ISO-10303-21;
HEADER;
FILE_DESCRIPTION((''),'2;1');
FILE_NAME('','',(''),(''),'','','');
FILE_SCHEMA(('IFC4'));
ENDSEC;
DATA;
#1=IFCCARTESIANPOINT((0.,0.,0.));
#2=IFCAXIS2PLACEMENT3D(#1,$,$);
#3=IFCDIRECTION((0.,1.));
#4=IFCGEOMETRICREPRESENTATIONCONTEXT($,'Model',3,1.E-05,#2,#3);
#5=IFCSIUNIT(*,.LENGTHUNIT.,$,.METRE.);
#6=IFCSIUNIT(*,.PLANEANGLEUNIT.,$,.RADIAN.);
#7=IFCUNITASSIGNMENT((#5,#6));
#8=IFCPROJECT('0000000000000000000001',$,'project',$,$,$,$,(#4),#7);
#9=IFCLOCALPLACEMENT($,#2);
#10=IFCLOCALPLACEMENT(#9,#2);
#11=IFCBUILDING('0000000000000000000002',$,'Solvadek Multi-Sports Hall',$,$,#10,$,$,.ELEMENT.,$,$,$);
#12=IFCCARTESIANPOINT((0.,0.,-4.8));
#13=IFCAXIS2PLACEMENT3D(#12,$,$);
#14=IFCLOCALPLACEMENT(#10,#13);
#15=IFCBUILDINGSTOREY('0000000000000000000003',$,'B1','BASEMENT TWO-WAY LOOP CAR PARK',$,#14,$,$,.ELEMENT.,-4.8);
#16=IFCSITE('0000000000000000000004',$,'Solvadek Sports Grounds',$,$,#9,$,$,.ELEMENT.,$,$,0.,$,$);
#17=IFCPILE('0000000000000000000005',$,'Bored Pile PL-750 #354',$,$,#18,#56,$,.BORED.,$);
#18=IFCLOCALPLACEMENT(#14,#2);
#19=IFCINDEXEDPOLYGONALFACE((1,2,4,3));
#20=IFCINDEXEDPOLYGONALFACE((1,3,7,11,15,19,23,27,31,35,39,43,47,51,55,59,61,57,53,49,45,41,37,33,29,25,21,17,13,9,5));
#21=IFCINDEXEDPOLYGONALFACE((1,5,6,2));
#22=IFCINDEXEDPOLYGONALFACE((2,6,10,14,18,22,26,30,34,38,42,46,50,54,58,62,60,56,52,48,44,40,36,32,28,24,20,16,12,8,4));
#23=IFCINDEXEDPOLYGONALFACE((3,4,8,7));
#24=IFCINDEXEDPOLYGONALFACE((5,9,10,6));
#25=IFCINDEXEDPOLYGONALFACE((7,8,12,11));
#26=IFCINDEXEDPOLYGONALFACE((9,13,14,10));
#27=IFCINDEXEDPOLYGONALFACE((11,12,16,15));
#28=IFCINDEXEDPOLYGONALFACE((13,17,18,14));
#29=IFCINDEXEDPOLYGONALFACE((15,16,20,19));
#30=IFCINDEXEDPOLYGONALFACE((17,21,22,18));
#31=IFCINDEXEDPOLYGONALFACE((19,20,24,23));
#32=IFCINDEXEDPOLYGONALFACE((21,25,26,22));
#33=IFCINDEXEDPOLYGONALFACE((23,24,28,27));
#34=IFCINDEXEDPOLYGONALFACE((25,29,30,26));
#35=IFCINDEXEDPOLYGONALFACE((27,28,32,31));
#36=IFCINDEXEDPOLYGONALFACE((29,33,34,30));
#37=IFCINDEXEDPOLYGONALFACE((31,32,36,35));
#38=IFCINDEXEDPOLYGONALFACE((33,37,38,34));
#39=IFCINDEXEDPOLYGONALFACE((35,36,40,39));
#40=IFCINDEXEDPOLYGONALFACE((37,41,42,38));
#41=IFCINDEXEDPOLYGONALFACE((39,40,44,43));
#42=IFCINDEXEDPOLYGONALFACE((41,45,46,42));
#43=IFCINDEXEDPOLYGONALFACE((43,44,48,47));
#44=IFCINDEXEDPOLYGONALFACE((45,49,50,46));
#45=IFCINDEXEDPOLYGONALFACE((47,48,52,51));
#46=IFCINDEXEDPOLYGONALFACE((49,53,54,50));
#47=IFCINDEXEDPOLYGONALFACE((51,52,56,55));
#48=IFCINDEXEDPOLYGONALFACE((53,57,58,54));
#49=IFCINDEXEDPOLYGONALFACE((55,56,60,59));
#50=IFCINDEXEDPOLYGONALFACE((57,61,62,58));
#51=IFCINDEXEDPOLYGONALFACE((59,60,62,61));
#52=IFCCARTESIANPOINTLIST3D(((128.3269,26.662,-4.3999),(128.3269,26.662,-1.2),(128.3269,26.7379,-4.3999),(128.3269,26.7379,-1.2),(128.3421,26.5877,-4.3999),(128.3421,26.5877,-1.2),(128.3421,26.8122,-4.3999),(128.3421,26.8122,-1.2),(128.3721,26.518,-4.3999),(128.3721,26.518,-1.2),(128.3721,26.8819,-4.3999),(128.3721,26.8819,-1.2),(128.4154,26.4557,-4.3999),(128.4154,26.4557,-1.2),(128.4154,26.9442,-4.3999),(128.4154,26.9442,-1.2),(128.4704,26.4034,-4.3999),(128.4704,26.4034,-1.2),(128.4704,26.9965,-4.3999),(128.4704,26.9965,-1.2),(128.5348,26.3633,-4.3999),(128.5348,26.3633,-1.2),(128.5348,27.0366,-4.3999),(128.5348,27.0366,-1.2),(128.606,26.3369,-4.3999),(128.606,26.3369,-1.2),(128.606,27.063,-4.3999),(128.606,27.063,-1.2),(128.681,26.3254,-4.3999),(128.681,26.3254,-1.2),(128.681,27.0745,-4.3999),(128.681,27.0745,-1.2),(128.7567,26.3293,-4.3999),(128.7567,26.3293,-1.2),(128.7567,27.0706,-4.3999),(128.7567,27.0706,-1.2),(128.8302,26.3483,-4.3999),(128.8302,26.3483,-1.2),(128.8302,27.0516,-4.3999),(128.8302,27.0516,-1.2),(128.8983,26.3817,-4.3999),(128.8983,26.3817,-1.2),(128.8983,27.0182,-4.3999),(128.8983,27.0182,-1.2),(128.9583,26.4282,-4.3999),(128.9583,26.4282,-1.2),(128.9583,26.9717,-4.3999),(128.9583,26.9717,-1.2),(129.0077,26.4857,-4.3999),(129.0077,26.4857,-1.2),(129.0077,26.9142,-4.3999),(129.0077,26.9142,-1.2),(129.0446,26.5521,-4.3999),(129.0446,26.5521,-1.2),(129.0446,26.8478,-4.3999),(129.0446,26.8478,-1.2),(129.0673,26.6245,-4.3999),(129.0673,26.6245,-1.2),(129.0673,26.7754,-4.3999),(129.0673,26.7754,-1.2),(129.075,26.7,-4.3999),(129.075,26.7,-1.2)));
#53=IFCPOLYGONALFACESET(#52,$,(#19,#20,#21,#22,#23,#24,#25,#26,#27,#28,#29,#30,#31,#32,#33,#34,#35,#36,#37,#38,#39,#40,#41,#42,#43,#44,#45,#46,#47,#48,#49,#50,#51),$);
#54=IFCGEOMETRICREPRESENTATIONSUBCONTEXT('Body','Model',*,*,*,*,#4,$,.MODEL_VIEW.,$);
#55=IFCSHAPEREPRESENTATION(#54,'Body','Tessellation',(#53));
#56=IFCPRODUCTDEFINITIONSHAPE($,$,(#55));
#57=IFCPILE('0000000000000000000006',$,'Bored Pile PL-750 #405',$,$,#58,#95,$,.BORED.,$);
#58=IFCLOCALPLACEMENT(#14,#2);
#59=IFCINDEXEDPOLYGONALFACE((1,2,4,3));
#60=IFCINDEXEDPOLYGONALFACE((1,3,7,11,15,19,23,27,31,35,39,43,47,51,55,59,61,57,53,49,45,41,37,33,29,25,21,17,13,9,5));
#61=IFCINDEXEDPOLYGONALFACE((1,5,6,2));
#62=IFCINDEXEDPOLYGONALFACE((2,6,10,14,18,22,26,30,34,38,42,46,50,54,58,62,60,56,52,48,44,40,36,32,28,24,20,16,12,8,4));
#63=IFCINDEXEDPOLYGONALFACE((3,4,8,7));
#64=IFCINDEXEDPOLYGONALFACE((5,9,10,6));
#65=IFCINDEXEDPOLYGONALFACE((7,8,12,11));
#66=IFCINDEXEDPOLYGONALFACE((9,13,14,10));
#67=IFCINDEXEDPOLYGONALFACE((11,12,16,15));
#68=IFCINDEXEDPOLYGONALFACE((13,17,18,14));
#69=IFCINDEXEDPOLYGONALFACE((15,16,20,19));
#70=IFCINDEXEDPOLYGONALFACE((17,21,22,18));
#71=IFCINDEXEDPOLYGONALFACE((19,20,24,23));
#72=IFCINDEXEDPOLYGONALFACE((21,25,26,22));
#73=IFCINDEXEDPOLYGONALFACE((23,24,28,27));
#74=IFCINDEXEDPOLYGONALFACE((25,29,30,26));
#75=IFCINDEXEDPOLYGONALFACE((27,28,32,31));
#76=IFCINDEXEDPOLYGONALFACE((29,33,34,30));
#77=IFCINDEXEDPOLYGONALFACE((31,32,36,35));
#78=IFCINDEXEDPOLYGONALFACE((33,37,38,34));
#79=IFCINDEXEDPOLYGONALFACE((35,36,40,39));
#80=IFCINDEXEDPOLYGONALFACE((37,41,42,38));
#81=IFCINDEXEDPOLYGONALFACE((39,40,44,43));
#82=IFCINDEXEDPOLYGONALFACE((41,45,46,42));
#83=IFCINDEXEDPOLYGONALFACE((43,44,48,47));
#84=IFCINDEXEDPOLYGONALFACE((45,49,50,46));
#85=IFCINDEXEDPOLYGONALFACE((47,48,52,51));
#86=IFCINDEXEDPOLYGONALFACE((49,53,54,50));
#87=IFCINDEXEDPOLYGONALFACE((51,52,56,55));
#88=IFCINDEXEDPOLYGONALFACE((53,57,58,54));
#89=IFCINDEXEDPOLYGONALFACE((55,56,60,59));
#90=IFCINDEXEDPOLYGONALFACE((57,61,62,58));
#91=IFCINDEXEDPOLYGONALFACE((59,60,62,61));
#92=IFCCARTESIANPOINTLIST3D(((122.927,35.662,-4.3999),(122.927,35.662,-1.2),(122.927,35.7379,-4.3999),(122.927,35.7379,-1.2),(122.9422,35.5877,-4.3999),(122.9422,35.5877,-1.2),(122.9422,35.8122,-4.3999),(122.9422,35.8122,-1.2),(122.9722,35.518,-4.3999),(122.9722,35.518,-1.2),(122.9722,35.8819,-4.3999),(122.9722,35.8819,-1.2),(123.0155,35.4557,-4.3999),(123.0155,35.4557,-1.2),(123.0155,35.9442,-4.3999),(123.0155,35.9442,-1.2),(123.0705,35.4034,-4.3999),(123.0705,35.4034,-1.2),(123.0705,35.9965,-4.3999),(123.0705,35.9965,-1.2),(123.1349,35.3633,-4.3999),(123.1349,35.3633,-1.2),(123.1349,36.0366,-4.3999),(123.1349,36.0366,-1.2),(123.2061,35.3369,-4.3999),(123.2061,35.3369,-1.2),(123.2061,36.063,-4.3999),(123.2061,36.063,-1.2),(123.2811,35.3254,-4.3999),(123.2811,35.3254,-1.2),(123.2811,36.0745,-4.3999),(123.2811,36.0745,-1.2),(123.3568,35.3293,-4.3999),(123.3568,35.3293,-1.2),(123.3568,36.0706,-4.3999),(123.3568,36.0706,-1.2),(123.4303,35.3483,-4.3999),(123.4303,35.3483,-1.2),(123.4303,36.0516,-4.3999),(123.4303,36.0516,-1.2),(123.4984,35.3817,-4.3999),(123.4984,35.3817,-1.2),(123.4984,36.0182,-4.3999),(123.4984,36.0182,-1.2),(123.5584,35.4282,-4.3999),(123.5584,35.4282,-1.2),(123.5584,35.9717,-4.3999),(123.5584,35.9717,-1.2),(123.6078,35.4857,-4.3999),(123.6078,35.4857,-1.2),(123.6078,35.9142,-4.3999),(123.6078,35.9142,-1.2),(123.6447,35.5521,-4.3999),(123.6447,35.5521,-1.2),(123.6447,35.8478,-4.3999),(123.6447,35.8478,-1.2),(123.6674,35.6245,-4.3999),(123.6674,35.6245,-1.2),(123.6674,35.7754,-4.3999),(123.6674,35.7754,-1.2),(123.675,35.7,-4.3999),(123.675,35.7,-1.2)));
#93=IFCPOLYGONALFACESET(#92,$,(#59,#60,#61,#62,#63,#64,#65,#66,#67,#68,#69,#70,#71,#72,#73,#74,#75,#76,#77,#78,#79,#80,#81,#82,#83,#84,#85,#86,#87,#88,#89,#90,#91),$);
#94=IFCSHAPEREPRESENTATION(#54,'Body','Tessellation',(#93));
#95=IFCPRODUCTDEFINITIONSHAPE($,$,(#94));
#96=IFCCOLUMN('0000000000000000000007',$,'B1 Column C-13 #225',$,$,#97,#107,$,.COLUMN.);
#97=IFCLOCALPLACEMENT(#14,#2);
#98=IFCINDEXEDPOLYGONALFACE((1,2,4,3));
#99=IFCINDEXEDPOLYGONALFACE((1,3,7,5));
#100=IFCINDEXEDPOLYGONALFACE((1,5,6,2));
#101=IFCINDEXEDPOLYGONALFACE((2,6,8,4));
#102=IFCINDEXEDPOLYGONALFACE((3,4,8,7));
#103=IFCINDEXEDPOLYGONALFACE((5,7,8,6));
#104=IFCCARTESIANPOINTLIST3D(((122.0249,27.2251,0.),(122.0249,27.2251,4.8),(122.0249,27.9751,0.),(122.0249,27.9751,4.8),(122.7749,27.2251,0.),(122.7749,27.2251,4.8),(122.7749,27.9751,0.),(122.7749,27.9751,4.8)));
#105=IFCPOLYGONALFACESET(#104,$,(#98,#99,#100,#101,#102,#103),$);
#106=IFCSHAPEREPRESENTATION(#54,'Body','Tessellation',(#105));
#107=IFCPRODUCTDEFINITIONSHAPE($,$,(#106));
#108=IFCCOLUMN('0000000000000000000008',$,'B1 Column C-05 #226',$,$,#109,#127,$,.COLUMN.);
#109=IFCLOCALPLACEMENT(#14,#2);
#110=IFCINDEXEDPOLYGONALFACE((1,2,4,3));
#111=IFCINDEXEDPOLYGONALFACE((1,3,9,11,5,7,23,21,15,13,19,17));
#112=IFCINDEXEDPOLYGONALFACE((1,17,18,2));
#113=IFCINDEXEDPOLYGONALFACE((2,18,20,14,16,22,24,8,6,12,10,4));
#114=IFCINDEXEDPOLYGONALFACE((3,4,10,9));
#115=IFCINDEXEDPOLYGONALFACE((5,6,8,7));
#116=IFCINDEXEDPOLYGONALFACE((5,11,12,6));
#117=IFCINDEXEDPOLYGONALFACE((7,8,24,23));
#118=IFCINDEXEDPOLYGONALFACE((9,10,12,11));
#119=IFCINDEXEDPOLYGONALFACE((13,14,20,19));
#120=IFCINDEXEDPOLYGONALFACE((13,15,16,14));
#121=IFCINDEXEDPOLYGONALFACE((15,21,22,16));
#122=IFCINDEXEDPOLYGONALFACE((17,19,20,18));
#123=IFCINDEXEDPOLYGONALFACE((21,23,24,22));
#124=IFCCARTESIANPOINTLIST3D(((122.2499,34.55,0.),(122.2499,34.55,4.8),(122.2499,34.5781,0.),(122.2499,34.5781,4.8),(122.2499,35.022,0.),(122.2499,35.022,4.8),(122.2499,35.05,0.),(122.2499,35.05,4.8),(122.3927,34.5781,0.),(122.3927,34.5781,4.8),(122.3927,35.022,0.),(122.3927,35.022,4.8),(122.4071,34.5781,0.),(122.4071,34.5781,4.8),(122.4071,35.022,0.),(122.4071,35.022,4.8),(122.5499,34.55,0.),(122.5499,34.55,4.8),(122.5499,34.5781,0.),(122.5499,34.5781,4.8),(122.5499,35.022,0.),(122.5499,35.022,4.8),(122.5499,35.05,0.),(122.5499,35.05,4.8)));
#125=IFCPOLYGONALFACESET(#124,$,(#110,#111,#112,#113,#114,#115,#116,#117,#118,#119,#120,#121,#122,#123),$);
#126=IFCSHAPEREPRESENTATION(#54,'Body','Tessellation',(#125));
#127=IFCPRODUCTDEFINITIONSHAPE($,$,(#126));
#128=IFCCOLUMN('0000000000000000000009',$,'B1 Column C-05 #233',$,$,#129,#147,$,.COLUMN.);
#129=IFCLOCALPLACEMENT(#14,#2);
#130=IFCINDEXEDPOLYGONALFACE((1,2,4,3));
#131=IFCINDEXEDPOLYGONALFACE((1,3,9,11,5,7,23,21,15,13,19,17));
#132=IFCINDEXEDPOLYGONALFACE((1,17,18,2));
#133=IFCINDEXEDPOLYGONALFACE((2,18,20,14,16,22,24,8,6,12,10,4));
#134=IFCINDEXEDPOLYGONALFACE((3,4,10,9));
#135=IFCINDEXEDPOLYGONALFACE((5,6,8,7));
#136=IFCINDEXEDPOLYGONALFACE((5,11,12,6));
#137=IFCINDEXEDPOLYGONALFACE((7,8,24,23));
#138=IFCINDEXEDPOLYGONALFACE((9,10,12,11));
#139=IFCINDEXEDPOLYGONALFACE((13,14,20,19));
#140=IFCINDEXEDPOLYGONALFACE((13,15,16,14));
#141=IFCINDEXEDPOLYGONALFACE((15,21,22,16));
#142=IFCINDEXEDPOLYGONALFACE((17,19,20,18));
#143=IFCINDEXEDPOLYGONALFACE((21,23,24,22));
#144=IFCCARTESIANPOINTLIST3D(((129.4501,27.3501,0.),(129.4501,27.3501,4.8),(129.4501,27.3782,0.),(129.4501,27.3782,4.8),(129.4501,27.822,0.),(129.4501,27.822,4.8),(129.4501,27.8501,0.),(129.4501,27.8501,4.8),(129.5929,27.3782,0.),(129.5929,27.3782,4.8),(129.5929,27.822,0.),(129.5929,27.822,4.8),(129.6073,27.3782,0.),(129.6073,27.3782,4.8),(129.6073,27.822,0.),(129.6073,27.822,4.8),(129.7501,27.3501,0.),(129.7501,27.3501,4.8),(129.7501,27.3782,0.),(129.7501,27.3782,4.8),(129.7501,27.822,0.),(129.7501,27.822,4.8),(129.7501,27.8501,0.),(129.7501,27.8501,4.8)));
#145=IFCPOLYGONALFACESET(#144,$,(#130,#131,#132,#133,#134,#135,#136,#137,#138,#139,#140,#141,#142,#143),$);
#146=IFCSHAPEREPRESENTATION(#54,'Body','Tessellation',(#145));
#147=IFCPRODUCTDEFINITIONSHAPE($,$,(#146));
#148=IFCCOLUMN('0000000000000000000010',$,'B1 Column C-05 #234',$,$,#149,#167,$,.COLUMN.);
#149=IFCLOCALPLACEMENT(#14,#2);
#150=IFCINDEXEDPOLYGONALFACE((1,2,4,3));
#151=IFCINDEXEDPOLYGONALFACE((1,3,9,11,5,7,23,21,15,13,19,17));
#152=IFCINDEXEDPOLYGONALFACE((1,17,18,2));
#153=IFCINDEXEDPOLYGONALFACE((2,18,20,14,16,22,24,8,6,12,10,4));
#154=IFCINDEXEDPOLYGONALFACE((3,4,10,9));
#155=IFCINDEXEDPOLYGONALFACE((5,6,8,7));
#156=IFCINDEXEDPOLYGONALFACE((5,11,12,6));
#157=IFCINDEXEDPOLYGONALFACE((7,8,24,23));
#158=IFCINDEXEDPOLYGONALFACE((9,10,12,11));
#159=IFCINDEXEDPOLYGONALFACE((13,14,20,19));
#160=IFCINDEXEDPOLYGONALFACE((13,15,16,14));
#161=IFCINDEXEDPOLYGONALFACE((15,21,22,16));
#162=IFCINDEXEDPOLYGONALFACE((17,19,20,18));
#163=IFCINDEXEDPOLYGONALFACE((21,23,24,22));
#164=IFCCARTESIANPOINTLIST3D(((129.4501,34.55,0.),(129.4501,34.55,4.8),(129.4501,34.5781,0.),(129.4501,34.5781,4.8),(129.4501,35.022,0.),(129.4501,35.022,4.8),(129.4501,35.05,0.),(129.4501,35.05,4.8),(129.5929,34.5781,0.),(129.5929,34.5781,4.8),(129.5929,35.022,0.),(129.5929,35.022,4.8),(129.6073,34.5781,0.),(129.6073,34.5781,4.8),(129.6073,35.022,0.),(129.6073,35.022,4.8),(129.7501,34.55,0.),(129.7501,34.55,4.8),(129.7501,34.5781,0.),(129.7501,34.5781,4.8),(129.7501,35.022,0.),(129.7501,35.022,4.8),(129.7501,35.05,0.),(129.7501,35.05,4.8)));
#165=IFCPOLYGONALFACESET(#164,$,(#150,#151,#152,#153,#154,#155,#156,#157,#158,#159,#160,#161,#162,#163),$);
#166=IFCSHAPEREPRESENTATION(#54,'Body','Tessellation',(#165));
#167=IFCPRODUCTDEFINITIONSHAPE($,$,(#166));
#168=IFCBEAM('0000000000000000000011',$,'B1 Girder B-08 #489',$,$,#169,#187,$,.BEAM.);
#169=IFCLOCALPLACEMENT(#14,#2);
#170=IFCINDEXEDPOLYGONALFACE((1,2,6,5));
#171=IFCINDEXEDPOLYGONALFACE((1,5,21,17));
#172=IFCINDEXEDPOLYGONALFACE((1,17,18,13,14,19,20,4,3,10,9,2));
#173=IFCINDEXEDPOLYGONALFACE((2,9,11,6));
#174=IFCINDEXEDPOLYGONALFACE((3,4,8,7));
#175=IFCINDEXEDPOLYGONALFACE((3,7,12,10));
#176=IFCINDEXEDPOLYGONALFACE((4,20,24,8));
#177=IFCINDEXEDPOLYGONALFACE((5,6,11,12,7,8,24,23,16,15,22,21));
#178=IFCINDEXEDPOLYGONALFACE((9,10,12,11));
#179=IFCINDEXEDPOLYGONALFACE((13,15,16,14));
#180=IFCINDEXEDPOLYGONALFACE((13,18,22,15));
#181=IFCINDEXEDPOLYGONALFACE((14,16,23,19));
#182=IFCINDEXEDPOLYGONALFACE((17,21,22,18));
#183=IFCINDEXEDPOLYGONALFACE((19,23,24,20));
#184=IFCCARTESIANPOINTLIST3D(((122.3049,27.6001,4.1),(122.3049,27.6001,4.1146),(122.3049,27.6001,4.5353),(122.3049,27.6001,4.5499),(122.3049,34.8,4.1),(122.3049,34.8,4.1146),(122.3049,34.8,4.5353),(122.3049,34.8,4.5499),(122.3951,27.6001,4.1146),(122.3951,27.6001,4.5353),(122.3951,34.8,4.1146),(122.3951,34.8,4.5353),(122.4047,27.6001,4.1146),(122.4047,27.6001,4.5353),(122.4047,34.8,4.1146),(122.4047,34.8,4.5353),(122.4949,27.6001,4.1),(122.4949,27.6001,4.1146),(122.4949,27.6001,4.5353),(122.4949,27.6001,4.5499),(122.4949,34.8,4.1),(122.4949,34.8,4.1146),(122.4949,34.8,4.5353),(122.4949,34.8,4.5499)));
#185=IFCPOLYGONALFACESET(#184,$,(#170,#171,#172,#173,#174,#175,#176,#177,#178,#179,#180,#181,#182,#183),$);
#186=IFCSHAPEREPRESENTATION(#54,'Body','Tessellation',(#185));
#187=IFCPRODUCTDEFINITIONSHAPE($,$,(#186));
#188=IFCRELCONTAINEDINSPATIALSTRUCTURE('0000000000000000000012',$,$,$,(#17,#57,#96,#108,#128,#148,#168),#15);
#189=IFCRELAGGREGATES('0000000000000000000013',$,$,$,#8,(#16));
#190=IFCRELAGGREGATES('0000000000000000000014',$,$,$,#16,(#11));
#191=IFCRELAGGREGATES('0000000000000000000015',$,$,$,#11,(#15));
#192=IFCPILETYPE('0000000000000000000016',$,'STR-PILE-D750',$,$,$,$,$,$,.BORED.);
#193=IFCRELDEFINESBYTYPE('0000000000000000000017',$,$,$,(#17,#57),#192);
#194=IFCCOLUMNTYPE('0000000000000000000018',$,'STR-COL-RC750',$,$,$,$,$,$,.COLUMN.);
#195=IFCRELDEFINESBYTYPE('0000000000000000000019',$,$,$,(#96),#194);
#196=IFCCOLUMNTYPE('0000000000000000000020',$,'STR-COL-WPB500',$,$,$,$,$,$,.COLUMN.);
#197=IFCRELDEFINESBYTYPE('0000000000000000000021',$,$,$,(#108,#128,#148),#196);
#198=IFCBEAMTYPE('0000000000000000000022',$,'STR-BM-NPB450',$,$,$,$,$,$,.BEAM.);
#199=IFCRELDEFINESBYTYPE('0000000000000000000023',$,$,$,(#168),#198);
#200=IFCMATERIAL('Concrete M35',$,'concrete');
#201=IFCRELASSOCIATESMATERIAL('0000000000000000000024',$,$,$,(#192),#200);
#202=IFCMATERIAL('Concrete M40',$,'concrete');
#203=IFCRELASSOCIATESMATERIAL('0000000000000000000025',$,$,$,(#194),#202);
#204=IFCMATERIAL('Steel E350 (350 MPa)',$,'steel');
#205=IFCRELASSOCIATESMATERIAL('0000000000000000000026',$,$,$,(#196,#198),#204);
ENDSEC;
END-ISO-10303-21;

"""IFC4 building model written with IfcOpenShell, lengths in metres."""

from ifc_helpers import new_model, si_unit, direction, frame, origin, origin_2d, place, context, subcontext, project, spatial, rectangle, circle, i_section, extrude, material, material_profile, profile_set, type_object, element, save


model = new_model("IFC4")

# Units and contexts
model_context = context("Model", 3, precision=1e-05, world=origin(), true_north=direction((0.0, 1.0)))
body_context = subcontext(model_context, "Body", "Model", "MODEL_VIEW")
ifc_project = project(units=[si_unit("LENGTHUNIT", "METRE"), si_unit("PLANEANGLEUNIT", "RADIAN")], contexts=[model_context])

# Site, building, storey
site_placement = place(None, origin())
site = spatial("IfcSite", under=ifc_project, at=site_placement, Name="Solvadek Sports Grounds", CompositionType="ELEMENT", RefElevation=0.0)
building_placement = place(site_placement, origin())
building = spatial("IfcBuilding", under=site, at=building_placement, Name="Solvadek Multi-Sports Hall", CompositionType="ELEMENT")
storey_placement = place(building_placement, frame((0.0, 0.0, -4.8)))
storey = spatial("IfcBuildingStorey", under=building, at=storey_placement, Name="B1", Description="BASEMENT TWO-WAY LOOP CAR PARK", CompositionType="ELEMENT", Elevation=-4.8)

# Shared definitions
ifc_material_1 = material(Name="Concrete M40", Category="concrete")

# Piles
ifc_material_2 = material(Name="Concrete M35", Category="concrete")
ifc_material_profile_1 = material_profile(ifc_material_2, circle(Radius=0.375, at=origin_2d()), Name="BORED PILE D750")
ifc_profile_set_1 = profile_set([ifc_material_profile_1], Name="Concrete M35")
pile_type_1 = type_object("IfcPileType", Name="STR-PILE-D750", PredefinedType="BORED", material=ifc_profile_set_1)
for number, where, z_axis, x_axis, name in (
    (1, (128.7, 26.7, -1.2), (0.0, 0.0, -1.0), (1.0, 0.0, 0.0), "Bored Pile PL-750 #354"),
    (2, (123.3, 35.7, -1.2), (0.0, 0.0, -1.0), (1.0, 0.0, 0.0), "Bored Pile PL-750 #405"),
):
    element("IfcPile", number, at=place(storey_placement, frame(where, z_axis=z_axis, x_axis=x_axis)), inside=storey, type_object=pile_type_1, Name=name, PredefinedType="BORED", context=body_context, shape_type="SweptSolid", body=[
        extrude(circle(Radius=0.375, at=origin_2d()), origin(), (0.0, 0.0, 1.0), 3.2),
    ])

# Columns
ifc_material_profile_2 = material_profile(ifc_material_1, rectangle(XDim=0.75, YDim=0.75, at=origin_2d()), Name="RC 750x750")
ifc_profile_set_2 = profile_set([ifc_material_profile_2], Name="Concrete M40")
column_type_1 = type_object("IfcColumnType", Name="STR-COL-RC750", PredefinedType="COLUMN", material=ifc_profile_set_2)
column_placement = place(storey_placement, frame((122.3999, 27.6001, 0.0), z_axis=(0.0, 0.0, 1.0), x_axis=(1.0, 0.0, 0.0)))
element("IfcColumn", 3, at=column_placement, inside=storey, type_object=column_type_1, Name="B1 Column C-13 #225", PredefinedType="COLUMN", context=body_context, shape_type="SweptSolid", body=[
    extrude(rectangle(XDim=0.75, YDim=0.75, at=origin_2d()), origin(), (0.0, 0.0, 1.0), 4.8),
])
ifc_material_3 = material(Name="Steel E350 (350 MPa)", Category="steel")
ifc_material_profile_3 = material_profile(ifc_material_3, i_section(OverallWidth=0.3, OverallDepth=0.5, WebThickness=0.0144, FlangeThickness=0.0281, at=origin_2d()), Name="WPB 500")
ifc_profile_set_3 = profile_set([ifc_material_profile_3], Name="Steel E350 (350 MPa)")
column_type_2 = type_object("IfcColumnType", Name="STR-COL-WPB500", PredefinedType="COLUMN", material=ifc_profile_set_3)
for number, where, z_axis, x_axis, name in (
    (4, (122.3999, 34.8, 0.0), (0.0, 0.0, 1.0), (1.0, 0.0, 0.0), "B1 Column C-05 #226"),
    (5, (129.6001, 27.6001, 0.0), (0.0, 0.0, 1.0), (1.0, 0.0, 0.0), "B1 Column C-05 #233"),
    (6, (129.6001, 34.8, 0.0), (0.0, 0.0, 1.0), (1.0, 0.0, 0.0), "B1 Column C-05 #234"),
):
    element("IfcColumn", number, at=place(storey_placement, frame(where, z_axis=z_axis, x_axis=x_axis)), inside=storey, type_object=column_type_2, Name=name, PredefinedType="COLUMN", context=body_context, shape_type="SweptSolid", body=[
        extrude(i_section(OverallWidth=0.3, OverallDepth=0.5, WebThickness=0.0144, FlangeThickness=0.0281, at=origin_2d()), origin(), (0.0, 0.0, 1.0), 4.8),
    ])

# Beam
ifc_material_profile_4 = material_profile(ifc_material_3, i_section(OverallWidth=0.1899, OverallDepth=0.45, WebThickness=0.0095, FlangeThickness=0.0146, at=origin_2d()), Name="NPB 450")
ifc_profile_set_4 = profile_set([ifc_material_profile_4], Name="Steel E350 (350 MPa)")
beam_type_1 = type_object("IfcBeamType", Name="STR-BM-NPB450", PredefinedType="BEAM", material=ifc_profile_set_4)
for number, where, z_axis, x_axis, name in (
    (7, (122.3999, 27.6001, 4.325), (0.0, 1.0, 0.0), (-1.0, 0.0, 0.0), "B1 Girder B-08 #489"),
):
    element("IfcBeam", number, at=place(storey_placement, frame(where, z_axis=z_axis, x_axis=x_axis)), inside=storey, type_object=beam_type_1, Name=name, PredefinedType="BEAM", context=body_context, shape_type="SweptSolid", body=[
        extrude(i_section(OverallWidth=0.1899, OverallDepth=0.45, WebThickness=0.0095, FlangeThickness=0.0146, at=origin_2d()), origin(), (0.0, 0.0, 1.0), 7.2),
    ])

save(model, "model.ifc")
